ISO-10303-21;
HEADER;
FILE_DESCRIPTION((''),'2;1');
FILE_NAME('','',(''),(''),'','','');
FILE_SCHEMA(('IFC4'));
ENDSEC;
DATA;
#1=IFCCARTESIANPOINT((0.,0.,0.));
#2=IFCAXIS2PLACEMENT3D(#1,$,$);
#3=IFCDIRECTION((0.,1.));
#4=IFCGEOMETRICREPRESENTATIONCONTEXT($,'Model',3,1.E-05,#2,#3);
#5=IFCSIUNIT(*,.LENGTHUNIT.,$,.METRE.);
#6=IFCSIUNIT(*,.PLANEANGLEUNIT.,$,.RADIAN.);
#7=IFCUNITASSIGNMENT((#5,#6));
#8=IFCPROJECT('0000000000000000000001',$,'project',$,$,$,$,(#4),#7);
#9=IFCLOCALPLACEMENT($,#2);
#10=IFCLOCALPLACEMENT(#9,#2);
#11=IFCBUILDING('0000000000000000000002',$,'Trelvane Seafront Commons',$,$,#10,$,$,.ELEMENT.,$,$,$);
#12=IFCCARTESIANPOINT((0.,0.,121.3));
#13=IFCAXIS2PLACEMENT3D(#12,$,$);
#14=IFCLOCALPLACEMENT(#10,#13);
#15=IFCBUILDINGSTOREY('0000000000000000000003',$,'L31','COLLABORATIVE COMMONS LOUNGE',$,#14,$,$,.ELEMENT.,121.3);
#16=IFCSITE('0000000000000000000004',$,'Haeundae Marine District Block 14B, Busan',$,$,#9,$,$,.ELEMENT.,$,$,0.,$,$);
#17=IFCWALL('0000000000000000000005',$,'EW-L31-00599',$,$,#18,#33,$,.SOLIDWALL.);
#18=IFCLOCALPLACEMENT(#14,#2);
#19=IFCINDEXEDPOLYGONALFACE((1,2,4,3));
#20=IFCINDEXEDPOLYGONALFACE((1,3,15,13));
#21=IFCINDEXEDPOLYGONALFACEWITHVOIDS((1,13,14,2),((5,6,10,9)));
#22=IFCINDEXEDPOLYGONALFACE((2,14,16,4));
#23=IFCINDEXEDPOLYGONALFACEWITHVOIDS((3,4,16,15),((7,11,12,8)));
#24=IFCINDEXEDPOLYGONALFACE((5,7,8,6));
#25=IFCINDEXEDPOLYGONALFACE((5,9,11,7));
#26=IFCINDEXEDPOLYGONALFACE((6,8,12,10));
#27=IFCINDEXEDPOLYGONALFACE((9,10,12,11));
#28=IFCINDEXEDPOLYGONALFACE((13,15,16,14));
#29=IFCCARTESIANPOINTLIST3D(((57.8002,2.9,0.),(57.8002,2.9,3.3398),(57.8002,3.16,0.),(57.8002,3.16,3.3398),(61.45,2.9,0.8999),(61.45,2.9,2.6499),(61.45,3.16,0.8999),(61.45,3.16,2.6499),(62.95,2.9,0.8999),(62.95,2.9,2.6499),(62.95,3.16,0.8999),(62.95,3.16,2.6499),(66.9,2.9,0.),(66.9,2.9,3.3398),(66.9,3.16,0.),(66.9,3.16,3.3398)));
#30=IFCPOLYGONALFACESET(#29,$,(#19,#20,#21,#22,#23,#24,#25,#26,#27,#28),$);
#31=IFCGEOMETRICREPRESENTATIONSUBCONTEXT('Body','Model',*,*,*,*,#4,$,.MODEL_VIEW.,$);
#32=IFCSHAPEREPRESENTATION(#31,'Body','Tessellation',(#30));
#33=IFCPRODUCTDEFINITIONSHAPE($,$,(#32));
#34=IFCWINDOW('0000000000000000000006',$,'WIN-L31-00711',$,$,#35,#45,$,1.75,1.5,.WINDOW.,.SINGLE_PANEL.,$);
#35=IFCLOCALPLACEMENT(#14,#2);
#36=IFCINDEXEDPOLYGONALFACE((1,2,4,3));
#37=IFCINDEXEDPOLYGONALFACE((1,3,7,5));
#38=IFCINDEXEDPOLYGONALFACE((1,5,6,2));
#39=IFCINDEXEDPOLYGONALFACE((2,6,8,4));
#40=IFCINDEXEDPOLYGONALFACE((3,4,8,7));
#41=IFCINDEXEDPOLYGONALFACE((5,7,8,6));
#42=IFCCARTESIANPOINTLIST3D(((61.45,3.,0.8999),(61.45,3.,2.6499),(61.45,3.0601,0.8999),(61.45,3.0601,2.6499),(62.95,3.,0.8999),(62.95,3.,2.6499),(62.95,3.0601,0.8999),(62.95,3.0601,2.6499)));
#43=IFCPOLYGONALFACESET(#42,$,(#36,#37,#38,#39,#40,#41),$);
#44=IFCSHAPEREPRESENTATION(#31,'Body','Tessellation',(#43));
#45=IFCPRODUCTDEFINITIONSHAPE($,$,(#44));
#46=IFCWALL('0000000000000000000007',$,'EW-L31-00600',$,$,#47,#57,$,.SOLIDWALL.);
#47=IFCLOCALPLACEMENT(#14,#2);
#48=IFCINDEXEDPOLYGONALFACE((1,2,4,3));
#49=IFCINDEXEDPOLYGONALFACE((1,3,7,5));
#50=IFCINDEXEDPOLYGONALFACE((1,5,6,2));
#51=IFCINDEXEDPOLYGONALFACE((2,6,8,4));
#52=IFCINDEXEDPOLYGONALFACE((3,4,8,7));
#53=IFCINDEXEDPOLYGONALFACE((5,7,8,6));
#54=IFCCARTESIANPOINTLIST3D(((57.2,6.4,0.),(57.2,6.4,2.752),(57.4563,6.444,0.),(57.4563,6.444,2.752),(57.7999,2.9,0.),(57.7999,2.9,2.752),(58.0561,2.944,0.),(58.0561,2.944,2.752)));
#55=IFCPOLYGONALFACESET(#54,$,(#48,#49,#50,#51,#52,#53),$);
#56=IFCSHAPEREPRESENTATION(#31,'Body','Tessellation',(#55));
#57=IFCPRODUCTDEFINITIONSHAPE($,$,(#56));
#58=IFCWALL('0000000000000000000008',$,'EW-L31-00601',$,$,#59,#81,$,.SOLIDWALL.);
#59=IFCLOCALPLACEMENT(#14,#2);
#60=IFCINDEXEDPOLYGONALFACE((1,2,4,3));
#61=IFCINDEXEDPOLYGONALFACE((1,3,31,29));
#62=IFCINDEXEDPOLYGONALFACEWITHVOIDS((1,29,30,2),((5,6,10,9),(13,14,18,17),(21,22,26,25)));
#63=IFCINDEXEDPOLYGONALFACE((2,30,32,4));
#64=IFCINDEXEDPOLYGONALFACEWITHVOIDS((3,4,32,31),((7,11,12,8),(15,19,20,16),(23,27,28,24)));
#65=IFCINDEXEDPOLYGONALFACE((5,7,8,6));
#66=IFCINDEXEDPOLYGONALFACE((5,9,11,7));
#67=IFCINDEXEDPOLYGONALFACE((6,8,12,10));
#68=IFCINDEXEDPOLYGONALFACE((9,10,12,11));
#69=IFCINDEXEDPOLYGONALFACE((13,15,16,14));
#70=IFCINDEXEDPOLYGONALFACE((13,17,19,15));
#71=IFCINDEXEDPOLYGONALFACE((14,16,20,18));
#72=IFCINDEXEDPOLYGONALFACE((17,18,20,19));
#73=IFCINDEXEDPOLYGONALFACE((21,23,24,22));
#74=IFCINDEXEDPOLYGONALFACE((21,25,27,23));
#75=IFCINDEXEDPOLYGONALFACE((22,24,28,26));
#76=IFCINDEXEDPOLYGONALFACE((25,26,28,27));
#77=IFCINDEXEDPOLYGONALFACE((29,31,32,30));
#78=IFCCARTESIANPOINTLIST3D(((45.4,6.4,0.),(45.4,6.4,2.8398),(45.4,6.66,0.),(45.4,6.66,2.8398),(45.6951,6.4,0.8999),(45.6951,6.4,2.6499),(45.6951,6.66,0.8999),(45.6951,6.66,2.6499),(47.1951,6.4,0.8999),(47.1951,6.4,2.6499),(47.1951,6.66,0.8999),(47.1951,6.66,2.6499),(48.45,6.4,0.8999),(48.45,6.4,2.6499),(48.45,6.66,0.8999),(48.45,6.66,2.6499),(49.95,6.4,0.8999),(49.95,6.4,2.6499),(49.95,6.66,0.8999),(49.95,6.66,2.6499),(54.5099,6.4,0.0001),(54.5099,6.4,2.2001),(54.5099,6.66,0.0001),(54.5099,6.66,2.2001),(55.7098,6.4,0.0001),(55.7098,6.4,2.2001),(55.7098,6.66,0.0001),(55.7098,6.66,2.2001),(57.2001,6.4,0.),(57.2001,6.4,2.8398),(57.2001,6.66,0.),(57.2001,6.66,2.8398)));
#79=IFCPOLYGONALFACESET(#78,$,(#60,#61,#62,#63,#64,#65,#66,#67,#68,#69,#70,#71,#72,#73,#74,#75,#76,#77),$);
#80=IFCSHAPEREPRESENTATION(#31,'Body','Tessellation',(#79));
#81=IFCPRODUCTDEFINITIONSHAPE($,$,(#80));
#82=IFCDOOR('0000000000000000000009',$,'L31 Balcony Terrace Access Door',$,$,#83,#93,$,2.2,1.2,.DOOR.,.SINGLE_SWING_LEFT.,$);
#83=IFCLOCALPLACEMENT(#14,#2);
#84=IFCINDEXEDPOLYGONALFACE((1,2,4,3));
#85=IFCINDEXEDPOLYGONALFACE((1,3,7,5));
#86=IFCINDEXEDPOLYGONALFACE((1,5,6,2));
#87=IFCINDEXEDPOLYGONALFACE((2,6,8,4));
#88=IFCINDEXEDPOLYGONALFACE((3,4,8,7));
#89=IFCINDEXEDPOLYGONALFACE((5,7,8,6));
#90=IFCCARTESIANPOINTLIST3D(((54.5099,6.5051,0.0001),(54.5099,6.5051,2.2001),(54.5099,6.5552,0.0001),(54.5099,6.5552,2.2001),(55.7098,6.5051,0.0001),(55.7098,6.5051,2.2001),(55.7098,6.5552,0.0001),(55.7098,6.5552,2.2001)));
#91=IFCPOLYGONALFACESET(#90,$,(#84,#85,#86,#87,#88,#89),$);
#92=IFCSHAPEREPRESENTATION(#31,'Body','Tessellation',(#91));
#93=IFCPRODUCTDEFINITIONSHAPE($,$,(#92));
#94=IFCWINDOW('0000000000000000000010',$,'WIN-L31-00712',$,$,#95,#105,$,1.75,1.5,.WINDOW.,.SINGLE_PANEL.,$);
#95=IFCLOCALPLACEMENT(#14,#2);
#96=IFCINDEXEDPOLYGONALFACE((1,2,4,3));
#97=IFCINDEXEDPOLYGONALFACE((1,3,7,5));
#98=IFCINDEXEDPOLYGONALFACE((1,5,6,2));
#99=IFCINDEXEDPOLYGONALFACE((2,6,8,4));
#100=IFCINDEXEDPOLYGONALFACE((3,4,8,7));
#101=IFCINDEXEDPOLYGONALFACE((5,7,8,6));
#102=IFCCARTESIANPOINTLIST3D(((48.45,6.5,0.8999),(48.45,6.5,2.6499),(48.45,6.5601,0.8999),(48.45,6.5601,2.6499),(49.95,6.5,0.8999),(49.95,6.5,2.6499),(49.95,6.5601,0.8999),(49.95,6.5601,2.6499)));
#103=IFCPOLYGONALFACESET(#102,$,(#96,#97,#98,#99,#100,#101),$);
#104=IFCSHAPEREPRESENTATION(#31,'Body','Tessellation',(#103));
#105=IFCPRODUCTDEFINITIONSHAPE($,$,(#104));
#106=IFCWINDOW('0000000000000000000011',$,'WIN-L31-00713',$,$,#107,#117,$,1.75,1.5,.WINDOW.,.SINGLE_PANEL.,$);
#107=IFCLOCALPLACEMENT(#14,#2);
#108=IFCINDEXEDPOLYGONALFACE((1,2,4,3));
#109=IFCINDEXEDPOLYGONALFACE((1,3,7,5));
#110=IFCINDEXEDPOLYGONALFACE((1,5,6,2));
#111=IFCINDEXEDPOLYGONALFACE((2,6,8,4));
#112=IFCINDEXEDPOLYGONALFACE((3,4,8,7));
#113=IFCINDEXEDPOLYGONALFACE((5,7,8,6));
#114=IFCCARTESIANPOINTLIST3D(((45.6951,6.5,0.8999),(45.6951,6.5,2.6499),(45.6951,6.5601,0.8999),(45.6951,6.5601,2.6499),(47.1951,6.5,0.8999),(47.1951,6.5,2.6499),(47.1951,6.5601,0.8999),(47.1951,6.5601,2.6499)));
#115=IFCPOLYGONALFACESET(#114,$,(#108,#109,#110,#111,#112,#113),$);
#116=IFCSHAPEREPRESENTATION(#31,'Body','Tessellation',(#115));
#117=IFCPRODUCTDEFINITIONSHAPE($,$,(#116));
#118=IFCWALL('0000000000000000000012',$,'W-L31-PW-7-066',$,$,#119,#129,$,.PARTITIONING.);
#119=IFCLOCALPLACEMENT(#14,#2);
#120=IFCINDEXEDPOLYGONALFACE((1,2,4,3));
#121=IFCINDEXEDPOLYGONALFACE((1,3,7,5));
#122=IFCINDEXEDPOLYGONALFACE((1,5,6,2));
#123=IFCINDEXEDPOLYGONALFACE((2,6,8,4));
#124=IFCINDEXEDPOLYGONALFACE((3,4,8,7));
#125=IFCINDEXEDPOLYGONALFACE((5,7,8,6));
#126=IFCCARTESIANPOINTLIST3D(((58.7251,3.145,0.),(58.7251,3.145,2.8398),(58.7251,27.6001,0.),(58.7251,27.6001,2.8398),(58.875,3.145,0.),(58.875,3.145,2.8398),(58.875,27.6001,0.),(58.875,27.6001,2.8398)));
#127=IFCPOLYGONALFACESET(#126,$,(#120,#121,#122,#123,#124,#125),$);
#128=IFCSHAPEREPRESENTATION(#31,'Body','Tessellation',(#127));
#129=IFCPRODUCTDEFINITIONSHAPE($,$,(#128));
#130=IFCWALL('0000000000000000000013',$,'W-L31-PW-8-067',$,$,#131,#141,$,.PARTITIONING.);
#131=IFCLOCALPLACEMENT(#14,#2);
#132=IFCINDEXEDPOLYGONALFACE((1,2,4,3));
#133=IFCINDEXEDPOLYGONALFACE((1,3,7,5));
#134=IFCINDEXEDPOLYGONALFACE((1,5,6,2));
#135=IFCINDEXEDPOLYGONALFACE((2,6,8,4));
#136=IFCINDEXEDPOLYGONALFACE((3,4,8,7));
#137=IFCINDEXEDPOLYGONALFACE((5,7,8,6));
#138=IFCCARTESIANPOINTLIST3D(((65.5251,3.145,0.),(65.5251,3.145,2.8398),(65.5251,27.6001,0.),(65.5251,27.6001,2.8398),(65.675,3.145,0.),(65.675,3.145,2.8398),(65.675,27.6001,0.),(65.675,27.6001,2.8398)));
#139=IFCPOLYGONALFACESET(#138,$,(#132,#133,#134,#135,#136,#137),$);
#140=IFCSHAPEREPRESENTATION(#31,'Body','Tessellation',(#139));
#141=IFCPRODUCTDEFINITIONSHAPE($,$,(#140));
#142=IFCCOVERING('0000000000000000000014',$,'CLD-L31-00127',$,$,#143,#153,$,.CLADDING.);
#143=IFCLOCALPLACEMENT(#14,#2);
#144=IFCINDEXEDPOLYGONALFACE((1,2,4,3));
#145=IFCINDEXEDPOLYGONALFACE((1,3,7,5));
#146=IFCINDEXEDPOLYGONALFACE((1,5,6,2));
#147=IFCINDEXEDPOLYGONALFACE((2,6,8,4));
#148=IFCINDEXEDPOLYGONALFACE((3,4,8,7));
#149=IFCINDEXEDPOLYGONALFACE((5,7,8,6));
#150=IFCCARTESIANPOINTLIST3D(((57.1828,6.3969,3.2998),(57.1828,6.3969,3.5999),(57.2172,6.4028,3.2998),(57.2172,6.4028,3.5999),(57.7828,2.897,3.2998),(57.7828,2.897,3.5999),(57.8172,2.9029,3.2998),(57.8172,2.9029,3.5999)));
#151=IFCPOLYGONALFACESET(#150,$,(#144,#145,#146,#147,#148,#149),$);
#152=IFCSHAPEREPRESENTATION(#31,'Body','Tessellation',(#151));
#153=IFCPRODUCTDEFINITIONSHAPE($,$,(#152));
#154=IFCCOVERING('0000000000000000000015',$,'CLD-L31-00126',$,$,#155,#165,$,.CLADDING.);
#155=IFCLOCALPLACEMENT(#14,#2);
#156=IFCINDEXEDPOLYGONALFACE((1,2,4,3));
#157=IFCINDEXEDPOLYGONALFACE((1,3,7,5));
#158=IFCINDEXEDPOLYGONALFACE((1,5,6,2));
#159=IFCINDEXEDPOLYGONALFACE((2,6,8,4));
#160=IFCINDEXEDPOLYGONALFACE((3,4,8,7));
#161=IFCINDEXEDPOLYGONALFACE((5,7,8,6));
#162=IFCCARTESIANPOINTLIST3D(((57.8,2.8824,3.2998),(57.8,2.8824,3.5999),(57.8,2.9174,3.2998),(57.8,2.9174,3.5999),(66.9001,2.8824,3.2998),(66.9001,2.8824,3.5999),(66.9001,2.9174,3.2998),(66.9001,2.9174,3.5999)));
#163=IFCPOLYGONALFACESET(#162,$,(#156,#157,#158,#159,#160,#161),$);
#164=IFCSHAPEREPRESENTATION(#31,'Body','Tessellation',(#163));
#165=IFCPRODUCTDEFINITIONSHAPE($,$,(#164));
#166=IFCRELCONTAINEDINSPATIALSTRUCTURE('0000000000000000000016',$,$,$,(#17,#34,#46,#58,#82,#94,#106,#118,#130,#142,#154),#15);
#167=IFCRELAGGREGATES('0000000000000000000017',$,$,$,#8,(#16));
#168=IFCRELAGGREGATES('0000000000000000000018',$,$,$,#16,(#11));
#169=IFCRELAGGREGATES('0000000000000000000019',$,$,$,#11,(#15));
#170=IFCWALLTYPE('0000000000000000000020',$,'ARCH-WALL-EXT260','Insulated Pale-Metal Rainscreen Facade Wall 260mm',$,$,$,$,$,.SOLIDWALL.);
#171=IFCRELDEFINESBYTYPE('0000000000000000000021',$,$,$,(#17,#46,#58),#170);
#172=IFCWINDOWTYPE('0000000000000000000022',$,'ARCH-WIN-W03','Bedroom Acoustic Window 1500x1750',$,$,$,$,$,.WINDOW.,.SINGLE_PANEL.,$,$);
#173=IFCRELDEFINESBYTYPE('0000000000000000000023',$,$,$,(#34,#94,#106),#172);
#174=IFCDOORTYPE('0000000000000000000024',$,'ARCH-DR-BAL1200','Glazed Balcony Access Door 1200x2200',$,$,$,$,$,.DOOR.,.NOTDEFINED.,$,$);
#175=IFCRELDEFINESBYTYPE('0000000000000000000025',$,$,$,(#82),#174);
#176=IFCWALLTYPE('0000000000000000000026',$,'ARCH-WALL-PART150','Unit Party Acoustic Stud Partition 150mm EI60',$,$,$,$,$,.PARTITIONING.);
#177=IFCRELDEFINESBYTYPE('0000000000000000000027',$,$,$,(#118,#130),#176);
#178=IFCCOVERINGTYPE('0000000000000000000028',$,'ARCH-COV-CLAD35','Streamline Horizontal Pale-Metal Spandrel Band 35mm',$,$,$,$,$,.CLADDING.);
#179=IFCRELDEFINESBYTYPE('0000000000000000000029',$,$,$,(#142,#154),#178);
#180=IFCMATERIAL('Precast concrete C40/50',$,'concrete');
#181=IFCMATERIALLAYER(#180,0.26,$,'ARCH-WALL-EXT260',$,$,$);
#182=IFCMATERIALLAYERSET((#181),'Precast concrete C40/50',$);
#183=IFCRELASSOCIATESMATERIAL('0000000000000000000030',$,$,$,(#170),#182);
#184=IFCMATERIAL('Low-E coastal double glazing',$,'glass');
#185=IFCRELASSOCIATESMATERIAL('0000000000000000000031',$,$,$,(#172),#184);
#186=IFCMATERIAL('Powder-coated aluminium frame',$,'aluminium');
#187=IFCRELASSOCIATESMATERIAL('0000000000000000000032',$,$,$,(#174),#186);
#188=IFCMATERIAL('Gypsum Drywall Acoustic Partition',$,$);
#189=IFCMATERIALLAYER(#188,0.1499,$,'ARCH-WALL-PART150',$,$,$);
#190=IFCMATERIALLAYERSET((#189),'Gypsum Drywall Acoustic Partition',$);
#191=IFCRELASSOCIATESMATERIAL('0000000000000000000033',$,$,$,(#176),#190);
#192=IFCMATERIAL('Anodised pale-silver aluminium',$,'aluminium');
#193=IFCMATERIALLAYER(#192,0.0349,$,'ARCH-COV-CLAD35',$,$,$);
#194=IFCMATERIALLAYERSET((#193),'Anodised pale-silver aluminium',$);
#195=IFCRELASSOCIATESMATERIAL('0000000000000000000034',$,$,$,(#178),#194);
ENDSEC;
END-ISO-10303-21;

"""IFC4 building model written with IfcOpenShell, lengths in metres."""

from ifc_helpers import new_model, si_unit, direction, frame, frame_2d, origin, origin_2d, place, context, subcontext, project, spatial, rectangle, extrude, source, transform, mapped, material, layer, layer_set, type_object, element, fill, save


model = new_model("IFC4")

# Units and contexts
model_context = context("Model", 3, precision=1e-05, world=origin(), true_north=direction((0.0, 1.0)))
body_context = subcontext(model_context, "Body", "Model", "MODEL_VIEW")
ifc_project = project(units=[si_unit("LENGTHUNIT", "METRE"), si_unit("PLANEANGLEUNIT", "RADIAN")], contexts=[model_context])

# Site, building, storey
site_placement = place(None, origin())
site = spatial("IfcSite", under=ifc_project, at=site_placement, Name="Haeundae Marine District Block 14B, Busan", CompositionType="ELEMENT", RefElevation=0.0)
building_placement = place(site_placement, origin())
building = spatial("IfcBuilding", under=site, at=building_placement, Name="Trelvane Seafront Commons", CompositionType="ELEMENT")
storey_placement = place(building_placement, frame((0.0, 0.0, 121.3)))
storey = spatial("IfcBuildingStorey", under=building, at=storey_placement, Name="L31", Description="COLLABORATIVE COMMONS LOUNGE", CompositionType="ELEMENT", Elevation=121.3)

# Shared definitions
ifc_material_1 = material(Name="Anodised pale-silver aluminium", Category="aluminium")

# Shared definitions
ifc_material_2 = material(Name="Precast concrete C40/50", Category="concrete")
ifc_layer_1 = layer(ifc_material_2, 0.26, Name="ARCH-WALL-EXT260")
ifc_layer_set_1 = layer_set([ifc_layer_1], Name="Precast concrete C40/50")
wall_type_1 = type_object("IfcWallType", Name="ARCH-WALL-EXT260", Description="Insulated Pale-Metal Rainscreen Facade Wall 260mm", PredefinedType="SOLIDWALL", material=ifc_layer_set_1)

# Wall, opening, window
wall_1_placement = place(storey_placement, frame((66.8999, 3.03, 0.0), z_axis=(0.0, 0.0, 1.0), x_axis=(-1.0, 0.0, 0.0)))
wall_1 = element("IfcWall", 1, at=wall_1_placement, inside=storey, type_object=wall_type_1, Name="EW-L31-00599", PredefinedType="SOLIDWALL", context=body_context, shape_type="SweptSolid", body=[
    extrude(rectangle(XDim=9.0999, YDim=0.26, at=frame_2d((4.5498, 0.0))), origin(), (0.0, 0.0, 1.0), 3.3398),
])
opening_1_placement = place(wall_1_placement, frame((3.95, 0.0, 0.8999)))
opening_1 = element("IfcOpeningElement", 2, at=opening_1_placement, cuts=wall_1, PredefinedType="OPENING", context=body_context, shape_type="SweptSolid", body=[
    extrude(rectangle(XDim=1.5, YDim=1.75, at=frame_2d((0.75, 0.875))), frame((0.0, 0.1399, 0.0), z_axis=(0.0, -1.0, 0.0), x_axis=(1.0, 0.0, 0.0)), (0.0, 0.0, 1.0), 0.28),
])
ifc_material_3 = material(Name="Low-E coastal double glazing", Category="glass")
window_type = type_object("IfcWindowType", Name="ARCH-WIN-W03", Description="Bedroom Acoustic Window 1500x1750", PartitioningType="SINGLE_PANEL", PredefinedType="WINDOW", material=ifc_material_3)
shared_shape_1 = source(origin(), body_context, "Body", "SweptSolid", [
    extrude(rectangle(XDim=1.5, YDim=1.75, at=frame_2d((0.75, 0.875))), frame((0.0, 0.03, 0.0), z_axis=(0.0, -1.0, 0.0), x_axis=(1.0, 0.0, 0.0)), (0.0, 0.0, 1.0), 0.0601),
])
window_1_placement = place(opening_1_placement, origin())
window_1 = element("IfcWindow", 3, at=window_1_placement, inside=storey, type_object=window_type, Name="WIN-L31-00711", OverallHeight=1.75, OverallWidth=1.5, PartitioningType="SINGLE_PANEL", PredefinedType="WINDOW", context=body_context, shape_type="MappedRepresentation", body=[
    mapped(shared_shape_1, transform((0.0, 0.0, 0.0), x_axis=(1.0, 0.0, 0.0), y_axis=(0.0, 1.0, 0.0), z_axis=(0.0, 0.0, 1.0), scale=1.0)),
])
fill(opening_1, window_1)

# Wall
wall_2_placement = place(storey_placement, frame((57.928, 2.9221, 0.0), z_axis=(0.0, 0.0, 1.0), x_axis=(-0.168924, 0.985629, 0.0)))
element("IfcWall", 4, at=wall_2_placement, inside=storey, type_object=wall_type_1, Name="EW-L31-00600", PredefinedType="SOLIDWALL", context=body_context, shape_type="SweptSolid", body=[
    extrude(rectangle(XDim=3.551, YDim=0.26, at=frame_2d((1.7754, 0.0))), origin(), (0.0, 0.0, 1.0), 2.752),
])

# Wall, openings, door, windows
wall_3_placement = place(storey_placement, frame((57.2, 6.53, 0.0), z_axis=(0.0, 0.0, 1.0), x_axis=(-1.0, 0.0, 0.0)))
wall_3 = element("IfcWall", 5, at=wall_3_placement, inside=storey, type_object=wall_type_1, Name="EW-L31-00601", PredefinedType="SOLIDWALL", context=body_context, shape_type="SweptSolid", body=[
    extrude(rectangle(XDim=11.8, YDim=0.26, at=frame_2d((5.8999, 0.0))), origin(), (0.0, 0.0, 1.0), 2.8398),
])
opening_2_placement = place(wall_3_placement, frame((1.49, 0.0, 0.0)))
opening_2 = element("IfcOpeningElement", 6, at=opening_2_placement, cuts=wall_3, PredefinedType="OPENING", context=body_context, shape_type="SweptSolid", body=[
    extrude(rectangle(XDim=1.2, YDim=2.2, at=frame_2d((0.6001, 1.1001))), frame((0.0, 0.1399, 0.0), z_axis=(0.0, -1.0, 0.0), x_axis=(1.0, 0.0, 0.0)), (0.0, 0.0, 1.0), 0.28),
])
opening_3_placement = place(wall_3_placement, frame((7.25, 0.0, 0.8999)))
opening_3 = element("IfcOpeningElement", 7, at=opening_3_placement, cuts=wall_3, PredefinedType="OPENING", context=body_context, shape_type="SweptSolid", body=[
    extrude(rectangle(XDim=1.5, YDim=1.75, at=frame_2d((0.75, 0.875))), frame((0.0, 0.1399, 0.0), z_axis=(0.0, -1.0, 0.0), x_axis=(1.0, 0.0, 0.0)), (0.0, 0.0, 1.0), 0.28),
])
opening_4_placement = place(wall_3_placement, frame((10.0049, 0.0, 0.8999)))
opening_4 = element("IfcOpeningElement", 8, at=opening_4_placement, cuts=wall_3, PredefinedType="OPENING", context=body_context, shape_type="SweptSolid", body=[
    extrude(rectangle(XDim=1.5, YDim=1.75, at=frame_2d((0.75, 0.875))), frame((0.0, 0.1399, 0.0), z_axis=(0.0, -1.0, 0.0), x_axis=(1.0, 0.0, 0.0)), (0.0, 0.0, 1.0), 0.28),
])
ifc_material_4 = material(Name="Powder-coated aluminium frame", Category="aluminium")
door_type_1 = type_object("IfcDoorType", Name="ARCH-DR-BAL1200", Description="Glazed Balcony Access Door 1200x2200", OperationType="NOTDEFINED", PredefinedType="DOOR", material=ifc_material_4)
shared_shape_2 = source(origin(), body_context, "Body", "SweptSolid", [
    extrude(rectangle(XDim=1.2, YDim=2.2, at=frame_2d((0.6001, 1.1001))), frame((0.0, 0.0249, 0.0), z_axis=(0.0, -1.0, 0.0), x_axis=(1.0, 0.0, 0.0)), (0.0, 0.0, 1.0), 0.05),
])
door_1_placement = place(opening_2_placement, origin())
door_1 = element("IfcDoor", 9, at=door_1_placement, inside=storey, type_object=door_type_1, Name="L31 Balcony Terrace Access Door", OperationType="SINGLE_SWING_LEFT", OverallHeight=2.2, OverallWidth=1.2, PredefinedType="DOOR", context=body_context, shape_type="MappedRepresentation", body=[
    mapped(shared_shape_2, transform((0.0, 0.0, 0.0), x_axis=(1.0, 0.0, 0.0), y_axis=(0.0, 1.0, 0.0), z_axis=(0.0, 0.0, 1.0), scale=1.0)),
])
fill(opening_2, door_1)
window_2_placement = place(opening_3_placement, origin())
window_2 = element("IfcWindow", 10, at=window_2_placement, inside=storey, type_object=window_type, Name="WIN-L31-00712", OverallHeight=1.75, OverallWidth=1.5, PartitioningType="SINGLE_PANEL", PredefinedType="WINDOW", context=body_context, shape_type="MappedRepresentation", body=[
    mapped(shared_shape_1, transform((0.0, 0.0, 0.0), x_axis=(1.0, 0.0, 0.0), y_axis=(0.0, 1.0, 0.0), z_axis=(0.0, 0.0, 1.0), scale=1.0)),
])
fill(opening_3, window_2)
window_3_placement = place(opening_4_placement, origin())
window_3 = element("IfcWindow", 11, at=window_3_placement, inside=storey, type_object=window_type, Name="WIN-L31-00713", OverallHeight=1.75, OverallWidth=1.5, PartitioningType="SINGLE_PANEL", PredefinedType="WINDOW", context=body_context, shape_type="MappedRepresentation", body=[
    mapped(shared_shape_1, transform((0.0, 0.0, 0.0), x_axis=(1.0, 0.0, 0.0), y_axis=(0.0, 1.0, 0.0), z_axis=(0.0, 0.0, 1.0), scale=1.0)),
])
fill(opening_4, window_3)

# Shared definitions
ifc_material_5 = material(Name="Gypsum Drywall Acoustic Partition")

# Walls
ifc_layer_2 = layer(ifc_material_5, 0.1499, Name="ARCH-WALL-PART150")
ifc_layer_set_2 = layer_set([ifc_layer_2], Name="Gypsum Drywall Acoustic Partition")
wall_type_2 = type_object("IfcWallType", Name="ARCH-WALL-PART150", Description="Unit Party Acoustic Stud Partition 150mm EI60", PredefinedType="PARTITIONING", material=ifc_layer_set_2)
for number, where, z_axis, x_axis, name in (
    (12, (58.8, 3.145, 0.0), (0.0, 0.0, 1.0), (0.0, 1.0, 0.0), "W-L31-PW-7-066"),
    (13, (65.6001, 3.145, 0.0), (0.0, 0.0, 1.0), (0.0, 1.0, 0.0), "W-L31-PW-8-067"),
):
    element("IfcWall", number, at=place(storey_placement, frame(where, z_axis=z_axis, x_axis=x_axis)), inside=storey, type_object=wall_type_2, Name=name, PredefinedType="PARTITIONING", context=body_context, shape_type="SweptSolid", body=[
        extrude(rectangle(XDim=24.4551, YDim=0.1499, at=frame_2d((12.2275, 0.0))), origin(), (0.0, 0.0, 1.0), 2.8398),
    ])

# Coverings
ifc_layer_3 = layer(ifc_material_1, 0.0349, Name="ARCH-COV-CLAD35")
ifc_layer_set_3 = layer_set([ifc_layer_3], Name="Anodised pale-silver aluminium")
covering_type = type_object("IfcCoveringType", Name="ARCH-COV-CLAD35", Description="Streamline Horizontal Pale-Metal Spandrel Band 35mm", PredefinedType="CLADDING", material=ifc_layer_set_3)
shared_shape_3 = source(origin(), body_context, "Body", "SweptSolid", [
    extrude(rectangle(XDim=3.551, YDim=0.0349, at=origin_2d()), origin(), (0.0, 0.0, 1.0), 0.3),
])
covering_1_placement = place(storey_placement, frame((57.5, 4.6499, 3.2998), z_axis=(0.0, 0.0, 1.0), x_axis=(-0.168964, 0.985622, 0.0)))
element("IfcCovering", 14, at=covering_1_placement, inside=storey, type_object=covering_type, Name="CLD-L31-00127", PredefinedType="CLADDING", context=body_context, shape_type="MappedRepresentation", body=[
    mapped(shared_shape_3, transform((0.0, 0.0, 0.0), x_axis=(1.0, 0.0, 0.0), y_axis=(0.0, 1.0, 0.0), z_axis=(0.0, 0.0, 1.0), scale=1.0)),
])
shared_shape_4 = source(origin(), body_context, "Body", "SweptSolid", [
    extrude(rectangle(XDim=9.1001, YDim=0.0349, at=origin_2d()), origin(), (0.0, 0.0, 1.0), 0.3),
])
covering_2_placement = place(storey_placement, frame((62.3501, 2.8999, 3.2998), z_axis=(0.0, 0.0, 1.0), x_axis=(-1.0, 0.0, 0.0)))
element("IfcCovering", 15, at=covering_2_placement, inside=storey, type_object=covering_type, Name="CLD-L31-00126", PredefinedType="CLADDING", context=body_context, shape_type="MappedRepresentation", body=[
    mapped(shared_shape_4, transform((0.0, 0.0, 0.0), x_axis=(1.0, 0.0, 0.0), y_axis=(0.0, 1.0, 0.0), z_axis=(0.0, 0.0, 1.0), scale=1.0)),
])

save(model, "model.ifc")
